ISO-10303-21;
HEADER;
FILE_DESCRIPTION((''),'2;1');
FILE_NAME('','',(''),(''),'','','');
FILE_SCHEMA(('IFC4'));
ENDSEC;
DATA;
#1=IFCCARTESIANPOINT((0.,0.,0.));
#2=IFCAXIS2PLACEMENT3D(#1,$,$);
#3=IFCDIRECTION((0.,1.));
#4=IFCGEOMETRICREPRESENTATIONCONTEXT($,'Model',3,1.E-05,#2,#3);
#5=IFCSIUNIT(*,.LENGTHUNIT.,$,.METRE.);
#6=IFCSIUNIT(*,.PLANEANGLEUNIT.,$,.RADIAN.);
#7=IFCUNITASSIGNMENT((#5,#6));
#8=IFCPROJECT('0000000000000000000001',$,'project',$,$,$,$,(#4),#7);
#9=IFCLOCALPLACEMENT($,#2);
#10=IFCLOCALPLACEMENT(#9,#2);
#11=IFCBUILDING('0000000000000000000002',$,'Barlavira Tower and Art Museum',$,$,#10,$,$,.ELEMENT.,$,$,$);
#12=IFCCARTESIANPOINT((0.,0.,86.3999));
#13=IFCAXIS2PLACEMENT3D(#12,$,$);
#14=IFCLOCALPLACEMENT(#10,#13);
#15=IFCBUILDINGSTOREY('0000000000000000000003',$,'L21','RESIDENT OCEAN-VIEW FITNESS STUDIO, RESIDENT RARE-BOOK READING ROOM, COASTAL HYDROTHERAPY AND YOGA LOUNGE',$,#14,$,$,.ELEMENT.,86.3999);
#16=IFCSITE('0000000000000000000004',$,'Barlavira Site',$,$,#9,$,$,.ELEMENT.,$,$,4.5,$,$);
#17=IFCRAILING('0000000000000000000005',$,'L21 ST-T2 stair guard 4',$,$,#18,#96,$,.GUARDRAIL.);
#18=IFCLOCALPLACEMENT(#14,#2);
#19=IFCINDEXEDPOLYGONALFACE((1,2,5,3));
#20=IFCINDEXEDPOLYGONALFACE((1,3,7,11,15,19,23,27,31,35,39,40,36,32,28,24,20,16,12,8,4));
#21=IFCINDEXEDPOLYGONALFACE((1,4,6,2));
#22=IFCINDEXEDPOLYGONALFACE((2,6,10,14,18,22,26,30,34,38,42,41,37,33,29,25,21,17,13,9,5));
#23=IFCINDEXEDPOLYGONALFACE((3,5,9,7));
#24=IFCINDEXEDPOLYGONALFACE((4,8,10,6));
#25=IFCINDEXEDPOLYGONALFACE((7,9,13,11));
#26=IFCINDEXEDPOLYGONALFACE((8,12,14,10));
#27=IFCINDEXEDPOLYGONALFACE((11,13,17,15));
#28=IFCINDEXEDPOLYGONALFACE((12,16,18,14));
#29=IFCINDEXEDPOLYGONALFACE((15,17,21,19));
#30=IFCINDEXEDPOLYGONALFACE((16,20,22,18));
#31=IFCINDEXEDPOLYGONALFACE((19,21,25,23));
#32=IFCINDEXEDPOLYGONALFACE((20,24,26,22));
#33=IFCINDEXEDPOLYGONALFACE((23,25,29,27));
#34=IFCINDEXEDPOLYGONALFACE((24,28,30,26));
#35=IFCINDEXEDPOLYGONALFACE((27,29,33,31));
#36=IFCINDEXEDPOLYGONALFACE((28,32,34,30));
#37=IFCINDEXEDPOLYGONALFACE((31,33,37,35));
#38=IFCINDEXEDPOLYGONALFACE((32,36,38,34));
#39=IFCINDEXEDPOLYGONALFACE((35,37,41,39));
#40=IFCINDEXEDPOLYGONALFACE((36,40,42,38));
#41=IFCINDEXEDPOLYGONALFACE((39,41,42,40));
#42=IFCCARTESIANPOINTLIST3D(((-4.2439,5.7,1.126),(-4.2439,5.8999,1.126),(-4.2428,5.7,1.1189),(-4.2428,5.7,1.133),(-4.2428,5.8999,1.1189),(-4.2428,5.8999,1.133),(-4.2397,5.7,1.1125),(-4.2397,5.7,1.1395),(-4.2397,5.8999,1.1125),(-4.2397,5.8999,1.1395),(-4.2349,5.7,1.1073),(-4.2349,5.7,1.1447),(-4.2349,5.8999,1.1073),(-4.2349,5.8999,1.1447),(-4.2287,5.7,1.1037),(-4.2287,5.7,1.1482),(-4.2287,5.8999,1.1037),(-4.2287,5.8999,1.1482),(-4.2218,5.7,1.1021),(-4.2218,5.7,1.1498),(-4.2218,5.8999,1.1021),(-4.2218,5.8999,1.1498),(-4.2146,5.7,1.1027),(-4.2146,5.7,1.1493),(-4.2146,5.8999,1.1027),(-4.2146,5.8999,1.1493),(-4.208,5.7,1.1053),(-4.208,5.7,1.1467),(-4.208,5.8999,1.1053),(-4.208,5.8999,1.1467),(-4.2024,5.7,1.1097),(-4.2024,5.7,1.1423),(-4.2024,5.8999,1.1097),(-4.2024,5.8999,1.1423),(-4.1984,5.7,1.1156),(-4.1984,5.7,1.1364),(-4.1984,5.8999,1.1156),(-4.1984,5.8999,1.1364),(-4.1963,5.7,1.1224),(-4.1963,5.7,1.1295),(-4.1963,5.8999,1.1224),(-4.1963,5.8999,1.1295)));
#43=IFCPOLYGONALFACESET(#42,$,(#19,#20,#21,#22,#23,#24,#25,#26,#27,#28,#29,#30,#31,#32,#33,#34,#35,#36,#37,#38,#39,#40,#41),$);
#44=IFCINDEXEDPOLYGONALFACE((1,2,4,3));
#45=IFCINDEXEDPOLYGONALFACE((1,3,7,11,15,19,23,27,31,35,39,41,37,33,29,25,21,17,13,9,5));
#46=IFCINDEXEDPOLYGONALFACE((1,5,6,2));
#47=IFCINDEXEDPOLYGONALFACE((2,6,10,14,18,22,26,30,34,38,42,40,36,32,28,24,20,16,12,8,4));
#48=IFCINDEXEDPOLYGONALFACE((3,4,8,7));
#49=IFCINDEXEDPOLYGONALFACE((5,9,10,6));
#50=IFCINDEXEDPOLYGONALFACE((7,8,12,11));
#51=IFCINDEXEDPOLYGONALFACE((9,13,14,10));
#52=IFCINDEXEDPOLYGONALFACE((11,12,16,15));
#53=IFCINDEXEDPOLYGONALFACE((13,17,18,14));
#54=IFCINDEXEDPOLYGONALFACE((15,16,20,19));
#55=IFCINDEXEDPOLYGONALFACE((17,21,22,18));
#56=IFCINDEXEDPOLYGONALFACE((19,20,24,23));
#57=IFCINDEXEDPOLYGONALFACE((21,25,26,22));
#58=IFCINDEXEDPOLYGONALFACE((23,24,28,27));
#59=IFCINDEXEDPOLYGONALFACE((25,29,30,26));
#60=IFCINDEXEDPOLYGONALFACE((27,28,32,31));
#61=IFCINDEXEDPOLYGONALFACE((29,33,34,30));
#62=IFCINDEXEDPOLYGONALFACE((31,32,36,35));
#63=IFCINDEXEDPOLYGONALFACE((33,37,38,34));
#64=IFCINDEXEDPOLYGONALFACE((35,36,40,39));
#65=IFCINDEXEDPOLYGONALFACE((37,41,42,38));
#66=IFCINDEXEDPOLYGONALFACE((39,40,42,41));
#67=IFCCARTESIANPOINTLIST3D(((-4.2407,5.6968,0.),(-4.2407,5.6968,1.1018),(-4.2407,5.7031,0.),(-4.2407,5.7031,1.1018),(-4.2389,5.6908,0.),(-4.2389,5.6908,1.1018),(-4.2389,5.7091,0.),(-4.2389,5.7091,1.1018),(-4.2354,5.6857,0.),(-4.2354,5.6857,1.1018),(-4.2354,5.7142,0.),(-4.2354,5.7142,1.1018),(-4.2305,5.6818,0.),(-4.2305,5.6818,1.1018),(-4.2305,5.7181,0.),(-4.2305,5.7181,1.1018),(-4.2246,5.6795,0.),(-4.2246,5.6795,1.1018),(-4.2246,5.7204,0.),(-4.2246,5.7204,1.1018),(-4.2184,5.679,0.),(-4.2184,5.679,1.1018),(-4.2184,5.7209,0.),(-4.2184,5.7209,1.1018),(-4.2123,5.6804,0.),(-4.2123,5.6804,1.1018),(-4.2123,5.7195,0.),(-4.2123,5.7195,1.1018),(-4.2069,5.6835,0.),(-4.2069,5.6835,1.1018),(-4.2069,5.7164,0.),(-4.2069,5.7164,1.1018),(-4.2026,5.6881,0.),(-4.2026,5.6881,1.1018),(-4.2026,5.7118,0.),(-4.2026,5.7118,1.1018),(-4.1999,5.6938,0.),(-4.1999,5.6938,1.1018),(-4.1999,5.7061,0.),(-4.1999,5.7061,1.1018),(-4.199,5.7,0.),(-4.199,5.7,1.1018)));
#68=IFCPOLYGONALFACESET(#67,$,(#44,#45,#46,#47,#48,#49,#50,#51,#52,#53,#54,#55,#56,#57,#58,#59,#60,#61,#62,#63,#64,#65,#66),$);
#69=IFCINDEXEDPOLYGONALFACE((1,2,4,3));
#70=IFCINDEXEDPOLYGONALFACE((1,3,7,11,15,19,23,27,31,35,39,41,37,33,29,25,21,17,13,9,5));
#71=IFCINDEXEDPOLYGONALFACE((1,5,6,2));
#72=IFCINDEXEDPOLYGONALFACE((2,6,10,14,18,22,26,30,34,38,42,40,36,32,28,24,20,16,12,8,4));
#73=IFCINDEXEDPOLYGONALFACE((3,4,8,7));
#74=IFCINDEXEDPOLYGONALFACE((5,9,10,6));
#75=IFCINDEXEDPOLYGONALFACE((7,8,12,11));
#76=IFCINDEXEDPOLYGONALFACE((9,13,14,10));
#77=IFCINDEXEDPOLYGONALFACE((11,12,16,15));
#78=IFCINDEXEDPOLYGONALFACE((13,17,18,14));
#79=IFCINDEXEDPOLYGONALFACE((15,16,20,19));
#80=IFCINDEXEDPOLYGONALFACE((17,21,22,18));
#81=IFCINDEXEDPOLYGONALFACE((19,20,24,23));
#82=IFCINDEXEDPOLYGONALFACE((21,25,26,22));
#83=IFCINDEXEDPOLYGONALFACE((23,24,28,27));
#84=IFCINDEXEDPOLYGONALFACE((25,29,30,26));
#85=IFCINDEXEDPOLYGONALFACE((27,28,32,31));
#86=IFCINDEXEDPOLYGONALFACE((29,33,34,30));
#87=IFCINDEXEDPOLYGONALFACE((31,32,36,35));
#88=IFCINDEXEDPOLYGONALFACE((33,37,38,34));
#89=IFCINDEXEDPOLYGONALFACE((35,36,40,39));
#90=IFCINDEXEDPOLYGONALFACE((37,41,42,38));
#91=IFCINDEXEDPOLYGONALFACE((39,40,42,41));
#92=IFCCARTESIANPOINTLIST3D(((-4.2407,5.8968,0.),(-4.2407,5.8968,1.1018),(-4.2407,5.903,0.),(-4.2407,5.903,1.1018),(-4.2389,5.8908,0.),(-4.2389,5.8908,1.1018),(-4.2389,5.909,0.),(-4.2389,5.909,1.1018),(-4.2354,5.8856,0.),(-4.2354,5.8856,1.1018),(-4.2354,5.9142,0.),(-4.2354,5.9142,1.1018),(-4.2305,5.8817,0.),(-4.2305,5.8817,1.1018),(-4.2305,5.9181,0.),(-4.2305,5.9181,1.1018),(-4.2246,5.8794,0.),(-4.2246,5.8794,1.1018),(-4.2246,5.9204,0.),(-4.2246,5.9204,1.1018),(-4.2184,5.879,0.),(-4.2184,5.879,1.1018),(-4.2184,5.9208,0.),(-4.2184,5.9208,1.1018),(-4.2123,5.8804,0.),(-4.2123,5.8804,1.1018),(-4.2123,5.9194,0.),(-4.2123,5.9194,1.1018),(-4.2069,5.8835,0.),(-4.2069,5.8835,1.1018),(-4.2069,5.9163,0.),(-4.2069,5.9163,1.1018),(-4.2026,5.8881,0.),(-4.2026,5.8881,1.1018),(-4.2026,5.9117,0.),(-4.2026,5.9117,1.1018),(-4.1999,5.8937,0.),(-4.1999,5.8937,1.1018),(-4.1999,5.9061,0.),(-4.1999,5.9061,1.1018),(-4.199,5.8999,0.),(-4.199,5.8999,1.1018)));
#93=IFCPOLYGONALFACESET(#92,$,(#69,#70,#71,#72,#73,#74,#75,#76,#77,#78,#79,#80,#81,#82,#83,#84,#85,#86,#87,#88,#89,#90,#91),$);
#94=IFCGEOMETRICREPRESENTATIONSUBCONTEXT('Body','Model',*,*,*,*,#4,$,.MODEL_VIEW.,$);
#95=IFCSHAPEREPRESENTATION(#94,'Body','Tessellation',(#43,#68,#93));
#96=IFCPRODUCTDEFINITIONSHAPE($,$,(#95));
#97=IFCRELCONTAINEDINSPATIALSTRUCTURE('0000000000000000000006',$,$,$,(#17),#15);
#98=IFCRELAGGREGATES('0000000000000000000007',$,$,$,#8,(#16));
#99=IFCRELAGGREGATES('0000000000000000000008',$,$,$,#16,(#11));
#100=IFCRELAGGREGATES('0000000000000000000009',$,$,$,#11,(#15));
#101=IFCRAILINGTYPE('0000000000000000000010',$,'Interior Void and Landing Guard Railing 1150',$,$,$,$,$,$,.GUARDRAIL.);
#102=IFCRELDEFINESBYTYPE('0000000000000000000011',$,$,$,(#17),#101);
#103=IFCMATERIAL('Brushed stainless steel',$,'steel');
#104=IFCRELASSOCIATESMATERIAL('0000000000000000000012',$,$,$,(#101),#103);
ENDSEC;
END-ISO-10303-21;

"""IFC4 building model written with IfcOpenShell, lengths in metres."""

from ifc_helpers import new_model, si_unit, direction, frame, origin, origin_2d, place, context, subcontext, project, spatial, circle, extrude, material, type_object, element, save


model = new_model("IFC4")

# Units and contexts
model_context = context("Model", 3, precision=1e-05, world=origin(), true_north=direction((0.0, 1.0)))
body_context = subcontext(model_context, "Body", "Model", "MODEL_VIEW")
ifc_project = project(units=[si_unit("LENGTHUNIT", "METRE"), si_unit("PLANEANGLEUNIT", "RADIAN")], contexts=[model_context])

# Site, building, storey
site_placement = place(None, origin())
site = spatial("IfcSite", under=ifc_project, at=site_placement, Name="Barlavira Site", CompositionType="ELEMENT", RefElevation=4.5)
building_placement = place(site_placement, origin())
building = spatial("IfcBuilding", under=site, at=building_placement, Name="Barlavira Tower and Art Museum", CompositionType="ELEMENT")
storey_placement = place(building_placement, frame((0.0, 0.0, 86.3999)))
storey = spatial("IfcBuildingStorey", under=building, at=storey_placement, Name="L21", Description="RESIDENT OCEAN-VIEW FITNESS STUDIO, RESIDENT RARE-BOOK READING ROOM, COASTAL HYDROTHERAPY AND YOGA LOUNGE", CompositionType="ELEMENT", Elevation=86.3999)

# Shared definitions
ifc_material_1 = material(Name="Brushed stainless steel", Category="steel")

# Railing
railing_type_1 = type_object("IfcRailingType", Name="Interior Void and Landing Guard Railing 1150", PredefinedType="GUARDRAIL", material=ifc_material_1)
railing_1_placement = place(storey_placement, frame((-4.22, 5.7, 0.0)))
element("IfcRailing", 1, at=railing_1_placement, inside=storey, type_object=railing_type_1, Name="L21 ST-T2 stair guard 4", PredefinedType="GUARDRAIL", context=body_context, shape_type="SweptSolid", body=[
    extrude(circle(Radius=0.0239, at=origin_2d()), frame((0.0, 0.0, 1.126), z_axis=(0.0, 1.0, 0.0), x_axis=(-1.0, 0.0, 0.0)), (0.0, 0.0, 1.0), 0.2),
    extrude(circle(Radius=0.021, at=origin_2d()), origin(), (0.0, 0.0, 1.0), 1.1018),
    extrude(circle(Radius=0.021, at=origin_2d()), frame((0.0, 0.2, 0.0)), (0.0, 0.0, 1.0), 1.1018),
])

save(model, "model.ifc")
